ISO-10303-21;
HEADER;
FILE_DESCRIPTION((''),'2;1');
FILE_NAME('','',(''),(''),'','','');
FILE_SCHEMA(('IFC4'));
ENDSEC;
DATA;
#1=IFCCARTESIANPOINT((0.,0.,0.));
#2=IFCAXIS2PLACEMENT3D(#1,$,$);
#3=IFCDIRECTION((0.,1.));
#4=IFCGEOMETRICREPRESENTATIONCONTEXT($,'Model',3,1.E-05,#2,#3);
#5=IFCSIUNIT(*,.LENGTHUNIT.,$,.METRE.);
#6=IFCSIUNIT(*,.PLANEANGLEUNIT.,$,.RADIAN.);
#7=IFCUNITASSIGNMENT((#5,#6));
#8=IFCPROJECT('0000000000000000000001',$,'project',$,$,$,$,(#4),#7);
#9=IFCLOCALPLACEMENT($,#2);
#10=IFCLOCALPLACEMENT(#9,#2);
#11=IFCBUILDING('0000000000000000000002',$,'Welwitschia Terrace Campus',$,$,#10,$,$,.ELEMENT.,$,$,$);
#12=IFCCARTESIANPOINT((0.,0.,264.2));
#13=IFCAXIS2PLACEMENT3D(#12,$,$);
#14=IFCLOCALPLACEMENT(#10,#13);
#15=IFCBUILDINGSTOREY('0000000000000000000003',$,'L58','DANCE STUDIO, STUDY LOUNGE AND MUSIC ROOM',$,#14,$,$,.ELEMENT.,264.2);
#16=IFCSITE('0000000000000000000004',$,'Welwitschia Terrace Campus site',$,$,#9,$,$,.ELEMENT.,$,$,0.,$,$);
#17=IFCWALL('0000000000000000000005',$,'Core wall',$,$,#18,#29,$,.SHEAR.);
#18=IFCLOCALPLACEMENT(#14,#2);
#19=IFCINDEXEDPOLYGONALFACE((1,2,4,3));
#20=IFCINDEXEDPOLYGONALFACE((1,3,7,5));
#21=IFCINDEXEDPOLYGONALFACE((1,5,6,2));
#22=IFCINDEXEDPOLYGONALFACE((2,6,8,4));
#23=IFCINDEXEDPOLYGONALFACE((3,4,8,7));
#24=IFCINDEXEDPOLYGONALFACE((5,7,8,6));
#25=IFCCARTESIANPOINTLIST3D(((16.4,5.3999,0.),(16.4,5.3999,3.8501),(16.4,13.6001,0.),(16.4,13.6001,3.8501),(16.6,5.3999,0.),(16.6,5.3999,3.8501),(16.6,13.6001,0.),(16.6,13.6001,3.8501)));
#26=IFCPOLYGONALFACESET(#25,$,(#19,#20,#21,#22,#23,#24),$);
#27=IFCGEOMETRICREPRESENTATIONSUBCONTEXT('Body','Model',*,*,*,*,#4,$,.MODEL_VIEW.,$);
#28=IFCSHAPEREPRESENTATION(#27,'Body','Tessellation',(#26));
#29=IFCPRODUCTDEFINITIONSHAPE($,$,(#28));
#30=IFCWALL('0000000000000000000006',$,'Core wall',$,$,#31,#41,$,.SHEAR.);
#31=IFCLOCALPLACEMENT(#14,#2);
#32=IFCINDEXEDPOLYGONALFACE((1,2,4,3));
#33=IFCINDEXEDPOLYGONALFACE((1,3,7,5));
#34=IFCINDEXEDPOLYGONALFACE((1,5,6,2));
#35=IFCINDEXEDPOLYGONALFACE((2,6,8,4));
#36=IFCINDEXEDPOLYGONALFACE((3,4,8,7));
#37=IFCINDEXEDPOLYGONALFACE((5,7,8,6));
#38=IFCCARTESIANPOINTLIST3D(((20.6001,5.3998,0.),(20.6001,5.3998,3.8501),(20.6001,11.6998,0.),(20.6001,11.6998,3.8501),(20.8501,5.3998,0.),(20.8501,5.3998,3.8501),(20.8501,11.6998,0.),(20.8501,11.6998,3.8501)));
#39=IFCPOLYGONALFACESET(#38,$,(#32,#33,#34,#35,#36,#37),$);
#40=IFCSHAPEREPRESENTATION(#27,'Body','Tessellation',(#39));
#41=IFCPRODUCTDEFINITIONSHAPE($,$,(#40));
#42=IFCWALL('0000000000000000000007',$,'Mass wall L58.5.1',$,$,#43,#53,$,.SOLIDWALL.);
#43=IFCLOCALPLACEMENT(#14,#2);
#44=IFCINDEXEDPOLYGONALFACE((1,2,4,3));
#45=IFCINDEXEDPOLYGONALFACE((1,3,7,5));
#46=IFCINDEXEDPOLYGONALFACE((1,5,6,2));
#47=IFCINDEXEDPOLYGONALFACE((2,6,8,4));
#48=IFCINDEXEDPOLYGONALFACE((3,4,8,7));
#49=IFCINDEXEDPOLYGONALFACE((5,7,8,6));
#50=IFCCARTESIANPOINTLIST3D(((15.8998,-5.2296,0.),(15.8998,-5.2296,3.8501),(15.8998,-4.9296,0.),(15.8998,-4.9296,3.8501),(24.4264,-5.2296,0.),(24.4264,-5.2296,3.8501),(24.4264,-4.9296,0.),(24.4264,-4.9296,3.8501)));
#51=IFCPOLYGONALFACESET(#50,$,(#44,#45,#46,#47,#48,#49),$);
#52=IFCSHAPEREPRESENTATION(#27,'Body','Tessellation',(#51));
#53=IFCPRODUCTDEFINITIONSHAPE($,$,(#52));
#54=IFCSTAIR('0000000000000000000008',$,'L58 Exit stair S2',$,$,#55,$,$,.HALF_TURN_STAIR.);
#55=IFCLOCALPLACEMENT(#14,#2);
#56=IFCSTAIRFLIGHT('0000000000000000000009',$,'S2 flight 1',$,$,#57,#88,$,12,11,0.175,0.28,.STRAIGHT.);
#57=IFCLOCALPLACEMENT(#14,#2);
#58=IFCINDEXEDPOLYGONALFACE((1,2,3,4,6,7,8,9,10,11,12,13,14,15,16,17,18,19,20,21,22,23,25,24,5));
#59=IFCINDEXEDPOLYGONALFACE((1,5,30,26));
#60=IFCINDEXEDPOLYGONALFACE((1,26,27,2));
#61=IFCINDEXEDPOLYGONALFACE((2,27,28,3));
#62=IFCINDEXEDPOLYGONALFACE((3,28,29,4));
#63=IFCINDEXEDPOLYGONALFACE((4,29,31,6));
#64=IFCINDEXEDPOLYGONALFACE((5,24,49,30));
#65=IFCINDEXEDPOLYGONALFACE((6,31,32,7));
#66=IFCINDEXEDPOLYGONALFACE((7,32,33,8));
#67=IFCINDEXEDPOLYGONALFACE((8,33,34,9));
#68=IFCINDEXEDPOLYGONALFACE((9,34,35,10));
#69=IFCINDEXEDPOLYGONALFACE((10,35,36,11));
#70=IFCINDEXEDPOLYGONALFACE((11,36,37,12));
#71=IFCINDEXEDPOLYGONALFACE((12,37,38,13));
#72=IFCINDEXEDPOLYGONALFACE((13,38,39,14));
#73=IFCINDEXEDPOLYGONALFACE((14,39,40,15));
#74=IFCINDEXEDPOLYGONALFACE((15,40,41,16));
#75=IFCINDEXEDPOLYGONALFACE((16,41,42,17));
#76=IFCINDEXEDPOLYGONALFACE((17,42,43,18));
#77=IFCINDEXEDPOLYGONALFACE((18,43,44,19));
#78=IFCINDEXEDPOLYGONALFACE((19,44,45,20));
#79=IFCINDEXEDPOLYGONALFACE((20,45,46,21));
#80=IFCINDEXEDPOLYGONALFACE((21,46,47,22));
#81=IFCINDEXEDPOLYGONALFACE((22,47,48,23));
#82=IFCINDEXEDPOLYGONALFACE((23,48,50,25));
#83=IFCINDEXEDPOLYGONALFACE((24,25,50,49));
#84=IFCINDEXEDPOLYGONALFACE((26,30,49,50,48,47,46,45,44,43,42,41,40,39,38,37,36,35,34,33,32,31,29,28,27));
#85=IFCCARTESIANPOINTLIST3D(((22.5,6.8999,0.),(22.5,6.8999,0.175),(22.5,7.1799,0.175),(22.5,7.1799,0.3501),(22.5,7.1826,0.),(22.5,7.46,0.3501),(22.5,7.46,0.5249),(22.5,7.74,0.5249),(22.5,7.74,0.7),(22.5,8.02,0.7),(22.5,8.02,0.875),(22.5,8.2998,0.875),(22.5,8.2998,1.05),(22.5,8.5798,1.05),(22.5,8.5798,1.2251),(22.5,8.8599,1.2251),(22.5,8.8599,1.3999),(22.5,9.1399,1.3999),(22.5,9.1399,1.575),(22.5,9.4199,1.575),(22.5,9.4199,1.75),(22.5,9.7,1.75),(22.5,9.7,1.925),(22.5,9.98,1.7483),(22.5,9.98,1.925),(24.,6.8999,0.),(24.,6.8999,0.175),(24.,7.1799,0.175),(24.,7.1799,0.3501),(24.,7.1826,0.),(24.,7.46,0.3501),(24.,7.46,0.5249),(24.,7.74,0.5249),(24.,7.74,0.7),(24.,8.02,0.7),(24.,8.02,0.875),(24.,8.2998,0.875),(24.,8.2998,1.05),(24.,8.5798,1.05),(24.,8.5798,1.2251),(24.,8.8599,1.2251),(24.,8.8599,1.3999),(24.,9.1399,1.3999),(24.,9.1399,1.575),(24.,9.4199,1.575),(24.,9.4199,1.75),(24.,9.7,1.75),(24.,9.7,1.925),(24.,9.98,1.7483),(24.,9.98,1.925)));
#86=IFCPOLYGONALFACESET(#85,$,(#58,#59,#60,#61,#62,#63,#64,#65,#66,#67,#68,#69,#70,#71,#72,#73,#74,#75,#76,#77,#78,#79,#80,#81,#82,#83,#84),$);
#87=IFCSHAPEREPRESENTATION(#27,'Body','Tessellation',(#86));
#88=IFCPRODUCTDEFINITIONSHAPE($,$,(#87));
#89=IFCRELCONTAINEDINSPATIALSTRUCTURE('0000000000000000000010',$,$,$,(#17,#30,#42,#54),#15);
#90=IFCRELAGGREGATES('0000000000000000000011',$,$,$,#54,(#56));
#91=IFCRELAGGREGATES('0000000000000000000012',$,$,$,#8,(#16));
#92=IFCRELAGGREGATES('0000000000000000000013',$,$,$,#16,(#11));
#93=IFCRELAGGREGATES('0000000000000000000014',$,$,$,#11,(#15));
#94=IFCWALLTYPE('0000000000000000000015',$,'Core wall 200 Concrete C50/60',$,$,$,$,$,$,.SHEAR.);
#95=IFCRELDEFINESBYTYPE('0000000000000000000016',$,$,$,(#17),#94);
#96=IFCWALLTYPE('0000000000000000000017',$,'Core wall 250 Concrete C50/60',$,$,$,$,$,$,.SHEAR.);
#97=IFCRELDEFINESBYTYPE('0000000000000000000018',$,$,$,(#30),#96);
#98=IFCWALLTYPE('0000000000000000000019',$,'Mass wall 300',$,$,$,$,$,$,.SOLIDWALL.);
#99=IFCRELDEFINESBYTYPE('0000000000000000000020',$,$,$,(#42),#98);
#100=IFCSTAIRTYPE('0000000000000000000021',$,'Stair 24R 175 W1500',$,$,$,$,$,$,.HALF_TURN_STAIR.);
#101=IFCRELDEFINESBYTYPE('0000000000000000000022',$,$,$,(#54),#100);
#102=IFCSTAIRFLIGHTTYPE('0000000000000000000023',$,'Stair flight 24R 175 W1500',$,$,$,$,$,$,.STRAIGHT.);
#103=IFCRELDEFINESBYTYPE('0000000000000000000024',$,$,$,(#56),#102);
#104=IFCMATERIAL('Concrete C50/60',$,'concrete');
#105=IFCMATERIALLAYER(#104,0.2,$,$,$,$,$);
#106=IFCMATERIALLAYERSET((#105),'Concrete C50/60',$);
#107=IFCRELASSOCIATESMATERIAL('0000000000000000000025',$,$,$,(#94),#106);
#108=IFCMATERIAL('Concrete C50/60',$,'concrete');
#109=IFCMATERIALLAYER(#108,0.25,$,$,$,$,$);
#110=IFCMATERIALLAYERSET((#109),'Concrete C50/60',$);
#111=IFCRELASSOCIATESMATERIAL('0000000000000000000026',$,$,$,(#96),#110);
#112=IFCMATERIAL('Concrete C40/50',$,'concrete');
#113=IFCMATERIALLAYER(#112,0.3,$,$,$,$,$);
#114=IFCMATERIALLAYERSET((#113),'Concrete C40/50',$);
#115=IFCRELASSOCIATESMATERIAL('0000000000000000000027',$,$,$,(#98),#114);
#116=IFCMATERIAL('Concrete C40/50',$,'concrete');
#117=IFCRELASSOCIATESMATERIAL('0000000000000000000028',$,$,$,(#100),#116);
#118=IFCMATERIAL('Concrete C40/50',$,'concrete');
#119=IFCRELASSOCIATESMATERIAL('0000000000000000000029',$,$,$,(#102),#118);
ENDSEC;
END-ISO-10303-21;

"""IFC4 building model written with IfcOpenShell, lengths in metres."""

from ifc_helpers import new_model, si_unit, direction, frame, frame_2d, origin, place, context, subcontext, project, spatial, polyline, rectangle, outline, extrude, material, layer, layer_set, type_object, element, aggregate, save


model = new_model("IFC4")

# Units and contexts
model_context = context("Model", 3, precision=1e-05, world=origin(), true_north=direction((0.0, 1.0)))
body_context = subcontext(model_context, "Body", "Model", "MODEL_VIEW")
ifc_project = project(units=[si_unit("LENGTHUNIT", "METRE"), si_unit("PLANEANGLEUNIT", "RADIAN")], contexts=[model_context])

# Site, building, storey
site_placement = place(None, origin())
site = spatial("IfcSite", under=ifc_project, at=site_placement, Name="Welwitschia Terrace Campus site", CompositionType="ELEMENT", RefElevation=0.0)
building_placement = place(site_placement, origin())
building = spatial("IfcBuilding", under=site, at=building_placement, Name="Welwitschia Terrace Campus", CompositionType="ELEMENT")
storey_placement = place(building_placement, frame((0.0, 0.0, 264.2)))
storey = spatial("IfcBuildingStorey", under=building, at=storey_placement, Name="L58", Description="DANCE STUDIO, STUDY LOUNGE AND MUSIC ROOM", CompositionType="ELEMENT", Elevation=264.2)

# Shared definitions
ifc_material_1 = material(Name="Concrete C50/60", Category="concrete")
ifc_layer_1 = layer(ifc_material_1, 0.2)
ifc_layer_set_1 = layer_set([ifc_layer_1], Name="Concrete C50/60")
wall_type_1 = type_object("IfcWallType", Name="Core wall 200 Concrete C50/60", PredefinedType="SHEAR", material=ifc_layer_set_1)

# Walls
wall_1_placement = place(storey_placement, frame((16.5, 5.3999, 0.0), z_axis=(0.0, 0.0, 1.0), x_axis=(0.0, 1.0, 0.0)))
element("IfcWall", 1, at=wall_1_placement, inside=storey, type_object=wall_type_1, Name="Core wall", PredefinedType="SHEAR", context=body_context, shape_type="SweptSolid", body=[
    extrude(rectangle(XDim=8.2002, YDim=0.2, at=frame_2d((4.1001, 0.0))), origin(), (0.0, 0.0, 1.0), 3.8501),
])
ifc_material_2 = material(Name="Concrete C50/60", Category="concrete")
ifc_layer_2 = layer(ifc_material_2, 0.25)
ifc_layer_set_2 = layer_set([ifc_layer_2], Name="Concrete C50/60")
wall_type_2 = type_object("IfcWallType", Name="Core wall 250 Concrete C50/60", PredefinedType="SHEAR", material=ifc_layer_set_2)
wall_2_placement = place(storey_placement, frame((20.7251, 5.3999, 0.0), z_axis=(0.0, 0.0, 1.0), x_axis=(0.0, 1.0, 0.0)))
element("IfcWall", 2, at=wall_2_placement, inside=storey, type_object=wall_type_2, Name="Core wall", PredefinedType="SHEAR", context=body_context, shape_type="SweptSolid", body=[
    extrude(rectangle(XDim=6.3, YDim=0.25, at=frame_2d((3.1499, 0.0))), origin(), (0.0, 0.0, 1.0), 3.8501),
])
ifc_material_3 = material(Name="Concrete C40/50", Category="concrete")
ifc_layer_3 = layer(ifc_material_3, 0.3)
ifc_layer_set_3 = layer_set([ifc_layer_3], Name="Concrete C40/50")
wall_type_3 = type_object("IfcWallType", Name="Mass wall 300", PredefinedType="SOLIDWALL", material=ifc_layer_set_3)
wall_3_placement = place(storey_placement, frame((15.8999, -5.0796, 0.0), z_axis=(0.0, 0.0, 1.0), x_axis=(1.0, 0.0, 0.0)))
element("IfcWall", 3, at=wall_3_placement, inside=storey, type_object=wall_type_3, Name="Mass wall L58.5.1", PredefinedType="SOLIDWALL", context=body_context, shape_type="SweptSolid", body=[
    extrude(rectangle(XDim=8.5266, YDim=0.3, at=frame_2d((4.2632, 0.0))), origin(), (0.0, 0.0, 1.0), 3.8501),
])

# Stair, stair flight
ifc_material_4 = material(Name="Concrete C40/50", Category="concrete")
stair_type = type_object("IfcStairType", Name="Stair 24R 175 W1500", PredefinedType="HALF_TURN_STAIR", material=ifc_material_4)
stair_placement = place(storey_placement, origin())
stair = element("IfcStair", 4, at=stair_placement, inside=storey, type_object=stair_type, Name="L58 Exit stair S2", PredefinedType="HALF_TURN_STAIR")
ifc_material_5 = material(Name="Concrete C40/50", Category="concrete")
stair_flight_type = type_object("IfcStairFlightType", Name="Stair flight 24R 175 W1500", PredefinedType="STRAIGHT", material=ifc_material_5)
stair_flight_placement = place(storey_placement, frame((23.25, 6.8999, 0.0), z_axis=(0.0, 0.0, 1.0), x_axis=(0.0, 1.0, 0.0)))
stair_flight = element("IfcStairFlight", 5, at=stair_flight_placement, type_object=stair_flight_type, Name="S2 flight 1", NumberOfRisers=12, NumberOfTreads=11, PredefinedType="STRAIGHT", RiserHeight=0.175, TreadLength=0.28, context=body_context, shape_type="SweptSolid", body=[
    extrude(outline(polyline([(0.0, 0.0), (0.0, 0.175), (0.28, 0.175), (0.28, 0.3501), (0.5601, 0.3501), (0.5601, 0.5249), (0.8401, 0.5249), (0.8401, 0.7), (1.1201, 0.7), (1.1201, 0.875), (1.3999, 0.875), (1.3999, 1.05), (1.6799, 1.05), (1.6799, 1.2251), (1.96, 1.2251), (1.96, 1.3999), (2.24, 1.3999), (2.24, 1.575), (2.52, 1.575), (2.52, 1.75), (2.8, 1.75), (2.8, 1.925), (3.0801, 1.925), (3.0801, 2.1001), (3.0801, 1.7483), (0.2827, 0.0), (0.0, 0.0)])), frame((0.0, 0.75, 0.0), z_axis=(0.0, -1.0, 0.0), x_axis=(1.0, 0.0, 0.0)), (0.0, 0.0, 1.0), 1.5),
])
aggregate(stair, [stair_flight])

save(model, "model.ifc")
